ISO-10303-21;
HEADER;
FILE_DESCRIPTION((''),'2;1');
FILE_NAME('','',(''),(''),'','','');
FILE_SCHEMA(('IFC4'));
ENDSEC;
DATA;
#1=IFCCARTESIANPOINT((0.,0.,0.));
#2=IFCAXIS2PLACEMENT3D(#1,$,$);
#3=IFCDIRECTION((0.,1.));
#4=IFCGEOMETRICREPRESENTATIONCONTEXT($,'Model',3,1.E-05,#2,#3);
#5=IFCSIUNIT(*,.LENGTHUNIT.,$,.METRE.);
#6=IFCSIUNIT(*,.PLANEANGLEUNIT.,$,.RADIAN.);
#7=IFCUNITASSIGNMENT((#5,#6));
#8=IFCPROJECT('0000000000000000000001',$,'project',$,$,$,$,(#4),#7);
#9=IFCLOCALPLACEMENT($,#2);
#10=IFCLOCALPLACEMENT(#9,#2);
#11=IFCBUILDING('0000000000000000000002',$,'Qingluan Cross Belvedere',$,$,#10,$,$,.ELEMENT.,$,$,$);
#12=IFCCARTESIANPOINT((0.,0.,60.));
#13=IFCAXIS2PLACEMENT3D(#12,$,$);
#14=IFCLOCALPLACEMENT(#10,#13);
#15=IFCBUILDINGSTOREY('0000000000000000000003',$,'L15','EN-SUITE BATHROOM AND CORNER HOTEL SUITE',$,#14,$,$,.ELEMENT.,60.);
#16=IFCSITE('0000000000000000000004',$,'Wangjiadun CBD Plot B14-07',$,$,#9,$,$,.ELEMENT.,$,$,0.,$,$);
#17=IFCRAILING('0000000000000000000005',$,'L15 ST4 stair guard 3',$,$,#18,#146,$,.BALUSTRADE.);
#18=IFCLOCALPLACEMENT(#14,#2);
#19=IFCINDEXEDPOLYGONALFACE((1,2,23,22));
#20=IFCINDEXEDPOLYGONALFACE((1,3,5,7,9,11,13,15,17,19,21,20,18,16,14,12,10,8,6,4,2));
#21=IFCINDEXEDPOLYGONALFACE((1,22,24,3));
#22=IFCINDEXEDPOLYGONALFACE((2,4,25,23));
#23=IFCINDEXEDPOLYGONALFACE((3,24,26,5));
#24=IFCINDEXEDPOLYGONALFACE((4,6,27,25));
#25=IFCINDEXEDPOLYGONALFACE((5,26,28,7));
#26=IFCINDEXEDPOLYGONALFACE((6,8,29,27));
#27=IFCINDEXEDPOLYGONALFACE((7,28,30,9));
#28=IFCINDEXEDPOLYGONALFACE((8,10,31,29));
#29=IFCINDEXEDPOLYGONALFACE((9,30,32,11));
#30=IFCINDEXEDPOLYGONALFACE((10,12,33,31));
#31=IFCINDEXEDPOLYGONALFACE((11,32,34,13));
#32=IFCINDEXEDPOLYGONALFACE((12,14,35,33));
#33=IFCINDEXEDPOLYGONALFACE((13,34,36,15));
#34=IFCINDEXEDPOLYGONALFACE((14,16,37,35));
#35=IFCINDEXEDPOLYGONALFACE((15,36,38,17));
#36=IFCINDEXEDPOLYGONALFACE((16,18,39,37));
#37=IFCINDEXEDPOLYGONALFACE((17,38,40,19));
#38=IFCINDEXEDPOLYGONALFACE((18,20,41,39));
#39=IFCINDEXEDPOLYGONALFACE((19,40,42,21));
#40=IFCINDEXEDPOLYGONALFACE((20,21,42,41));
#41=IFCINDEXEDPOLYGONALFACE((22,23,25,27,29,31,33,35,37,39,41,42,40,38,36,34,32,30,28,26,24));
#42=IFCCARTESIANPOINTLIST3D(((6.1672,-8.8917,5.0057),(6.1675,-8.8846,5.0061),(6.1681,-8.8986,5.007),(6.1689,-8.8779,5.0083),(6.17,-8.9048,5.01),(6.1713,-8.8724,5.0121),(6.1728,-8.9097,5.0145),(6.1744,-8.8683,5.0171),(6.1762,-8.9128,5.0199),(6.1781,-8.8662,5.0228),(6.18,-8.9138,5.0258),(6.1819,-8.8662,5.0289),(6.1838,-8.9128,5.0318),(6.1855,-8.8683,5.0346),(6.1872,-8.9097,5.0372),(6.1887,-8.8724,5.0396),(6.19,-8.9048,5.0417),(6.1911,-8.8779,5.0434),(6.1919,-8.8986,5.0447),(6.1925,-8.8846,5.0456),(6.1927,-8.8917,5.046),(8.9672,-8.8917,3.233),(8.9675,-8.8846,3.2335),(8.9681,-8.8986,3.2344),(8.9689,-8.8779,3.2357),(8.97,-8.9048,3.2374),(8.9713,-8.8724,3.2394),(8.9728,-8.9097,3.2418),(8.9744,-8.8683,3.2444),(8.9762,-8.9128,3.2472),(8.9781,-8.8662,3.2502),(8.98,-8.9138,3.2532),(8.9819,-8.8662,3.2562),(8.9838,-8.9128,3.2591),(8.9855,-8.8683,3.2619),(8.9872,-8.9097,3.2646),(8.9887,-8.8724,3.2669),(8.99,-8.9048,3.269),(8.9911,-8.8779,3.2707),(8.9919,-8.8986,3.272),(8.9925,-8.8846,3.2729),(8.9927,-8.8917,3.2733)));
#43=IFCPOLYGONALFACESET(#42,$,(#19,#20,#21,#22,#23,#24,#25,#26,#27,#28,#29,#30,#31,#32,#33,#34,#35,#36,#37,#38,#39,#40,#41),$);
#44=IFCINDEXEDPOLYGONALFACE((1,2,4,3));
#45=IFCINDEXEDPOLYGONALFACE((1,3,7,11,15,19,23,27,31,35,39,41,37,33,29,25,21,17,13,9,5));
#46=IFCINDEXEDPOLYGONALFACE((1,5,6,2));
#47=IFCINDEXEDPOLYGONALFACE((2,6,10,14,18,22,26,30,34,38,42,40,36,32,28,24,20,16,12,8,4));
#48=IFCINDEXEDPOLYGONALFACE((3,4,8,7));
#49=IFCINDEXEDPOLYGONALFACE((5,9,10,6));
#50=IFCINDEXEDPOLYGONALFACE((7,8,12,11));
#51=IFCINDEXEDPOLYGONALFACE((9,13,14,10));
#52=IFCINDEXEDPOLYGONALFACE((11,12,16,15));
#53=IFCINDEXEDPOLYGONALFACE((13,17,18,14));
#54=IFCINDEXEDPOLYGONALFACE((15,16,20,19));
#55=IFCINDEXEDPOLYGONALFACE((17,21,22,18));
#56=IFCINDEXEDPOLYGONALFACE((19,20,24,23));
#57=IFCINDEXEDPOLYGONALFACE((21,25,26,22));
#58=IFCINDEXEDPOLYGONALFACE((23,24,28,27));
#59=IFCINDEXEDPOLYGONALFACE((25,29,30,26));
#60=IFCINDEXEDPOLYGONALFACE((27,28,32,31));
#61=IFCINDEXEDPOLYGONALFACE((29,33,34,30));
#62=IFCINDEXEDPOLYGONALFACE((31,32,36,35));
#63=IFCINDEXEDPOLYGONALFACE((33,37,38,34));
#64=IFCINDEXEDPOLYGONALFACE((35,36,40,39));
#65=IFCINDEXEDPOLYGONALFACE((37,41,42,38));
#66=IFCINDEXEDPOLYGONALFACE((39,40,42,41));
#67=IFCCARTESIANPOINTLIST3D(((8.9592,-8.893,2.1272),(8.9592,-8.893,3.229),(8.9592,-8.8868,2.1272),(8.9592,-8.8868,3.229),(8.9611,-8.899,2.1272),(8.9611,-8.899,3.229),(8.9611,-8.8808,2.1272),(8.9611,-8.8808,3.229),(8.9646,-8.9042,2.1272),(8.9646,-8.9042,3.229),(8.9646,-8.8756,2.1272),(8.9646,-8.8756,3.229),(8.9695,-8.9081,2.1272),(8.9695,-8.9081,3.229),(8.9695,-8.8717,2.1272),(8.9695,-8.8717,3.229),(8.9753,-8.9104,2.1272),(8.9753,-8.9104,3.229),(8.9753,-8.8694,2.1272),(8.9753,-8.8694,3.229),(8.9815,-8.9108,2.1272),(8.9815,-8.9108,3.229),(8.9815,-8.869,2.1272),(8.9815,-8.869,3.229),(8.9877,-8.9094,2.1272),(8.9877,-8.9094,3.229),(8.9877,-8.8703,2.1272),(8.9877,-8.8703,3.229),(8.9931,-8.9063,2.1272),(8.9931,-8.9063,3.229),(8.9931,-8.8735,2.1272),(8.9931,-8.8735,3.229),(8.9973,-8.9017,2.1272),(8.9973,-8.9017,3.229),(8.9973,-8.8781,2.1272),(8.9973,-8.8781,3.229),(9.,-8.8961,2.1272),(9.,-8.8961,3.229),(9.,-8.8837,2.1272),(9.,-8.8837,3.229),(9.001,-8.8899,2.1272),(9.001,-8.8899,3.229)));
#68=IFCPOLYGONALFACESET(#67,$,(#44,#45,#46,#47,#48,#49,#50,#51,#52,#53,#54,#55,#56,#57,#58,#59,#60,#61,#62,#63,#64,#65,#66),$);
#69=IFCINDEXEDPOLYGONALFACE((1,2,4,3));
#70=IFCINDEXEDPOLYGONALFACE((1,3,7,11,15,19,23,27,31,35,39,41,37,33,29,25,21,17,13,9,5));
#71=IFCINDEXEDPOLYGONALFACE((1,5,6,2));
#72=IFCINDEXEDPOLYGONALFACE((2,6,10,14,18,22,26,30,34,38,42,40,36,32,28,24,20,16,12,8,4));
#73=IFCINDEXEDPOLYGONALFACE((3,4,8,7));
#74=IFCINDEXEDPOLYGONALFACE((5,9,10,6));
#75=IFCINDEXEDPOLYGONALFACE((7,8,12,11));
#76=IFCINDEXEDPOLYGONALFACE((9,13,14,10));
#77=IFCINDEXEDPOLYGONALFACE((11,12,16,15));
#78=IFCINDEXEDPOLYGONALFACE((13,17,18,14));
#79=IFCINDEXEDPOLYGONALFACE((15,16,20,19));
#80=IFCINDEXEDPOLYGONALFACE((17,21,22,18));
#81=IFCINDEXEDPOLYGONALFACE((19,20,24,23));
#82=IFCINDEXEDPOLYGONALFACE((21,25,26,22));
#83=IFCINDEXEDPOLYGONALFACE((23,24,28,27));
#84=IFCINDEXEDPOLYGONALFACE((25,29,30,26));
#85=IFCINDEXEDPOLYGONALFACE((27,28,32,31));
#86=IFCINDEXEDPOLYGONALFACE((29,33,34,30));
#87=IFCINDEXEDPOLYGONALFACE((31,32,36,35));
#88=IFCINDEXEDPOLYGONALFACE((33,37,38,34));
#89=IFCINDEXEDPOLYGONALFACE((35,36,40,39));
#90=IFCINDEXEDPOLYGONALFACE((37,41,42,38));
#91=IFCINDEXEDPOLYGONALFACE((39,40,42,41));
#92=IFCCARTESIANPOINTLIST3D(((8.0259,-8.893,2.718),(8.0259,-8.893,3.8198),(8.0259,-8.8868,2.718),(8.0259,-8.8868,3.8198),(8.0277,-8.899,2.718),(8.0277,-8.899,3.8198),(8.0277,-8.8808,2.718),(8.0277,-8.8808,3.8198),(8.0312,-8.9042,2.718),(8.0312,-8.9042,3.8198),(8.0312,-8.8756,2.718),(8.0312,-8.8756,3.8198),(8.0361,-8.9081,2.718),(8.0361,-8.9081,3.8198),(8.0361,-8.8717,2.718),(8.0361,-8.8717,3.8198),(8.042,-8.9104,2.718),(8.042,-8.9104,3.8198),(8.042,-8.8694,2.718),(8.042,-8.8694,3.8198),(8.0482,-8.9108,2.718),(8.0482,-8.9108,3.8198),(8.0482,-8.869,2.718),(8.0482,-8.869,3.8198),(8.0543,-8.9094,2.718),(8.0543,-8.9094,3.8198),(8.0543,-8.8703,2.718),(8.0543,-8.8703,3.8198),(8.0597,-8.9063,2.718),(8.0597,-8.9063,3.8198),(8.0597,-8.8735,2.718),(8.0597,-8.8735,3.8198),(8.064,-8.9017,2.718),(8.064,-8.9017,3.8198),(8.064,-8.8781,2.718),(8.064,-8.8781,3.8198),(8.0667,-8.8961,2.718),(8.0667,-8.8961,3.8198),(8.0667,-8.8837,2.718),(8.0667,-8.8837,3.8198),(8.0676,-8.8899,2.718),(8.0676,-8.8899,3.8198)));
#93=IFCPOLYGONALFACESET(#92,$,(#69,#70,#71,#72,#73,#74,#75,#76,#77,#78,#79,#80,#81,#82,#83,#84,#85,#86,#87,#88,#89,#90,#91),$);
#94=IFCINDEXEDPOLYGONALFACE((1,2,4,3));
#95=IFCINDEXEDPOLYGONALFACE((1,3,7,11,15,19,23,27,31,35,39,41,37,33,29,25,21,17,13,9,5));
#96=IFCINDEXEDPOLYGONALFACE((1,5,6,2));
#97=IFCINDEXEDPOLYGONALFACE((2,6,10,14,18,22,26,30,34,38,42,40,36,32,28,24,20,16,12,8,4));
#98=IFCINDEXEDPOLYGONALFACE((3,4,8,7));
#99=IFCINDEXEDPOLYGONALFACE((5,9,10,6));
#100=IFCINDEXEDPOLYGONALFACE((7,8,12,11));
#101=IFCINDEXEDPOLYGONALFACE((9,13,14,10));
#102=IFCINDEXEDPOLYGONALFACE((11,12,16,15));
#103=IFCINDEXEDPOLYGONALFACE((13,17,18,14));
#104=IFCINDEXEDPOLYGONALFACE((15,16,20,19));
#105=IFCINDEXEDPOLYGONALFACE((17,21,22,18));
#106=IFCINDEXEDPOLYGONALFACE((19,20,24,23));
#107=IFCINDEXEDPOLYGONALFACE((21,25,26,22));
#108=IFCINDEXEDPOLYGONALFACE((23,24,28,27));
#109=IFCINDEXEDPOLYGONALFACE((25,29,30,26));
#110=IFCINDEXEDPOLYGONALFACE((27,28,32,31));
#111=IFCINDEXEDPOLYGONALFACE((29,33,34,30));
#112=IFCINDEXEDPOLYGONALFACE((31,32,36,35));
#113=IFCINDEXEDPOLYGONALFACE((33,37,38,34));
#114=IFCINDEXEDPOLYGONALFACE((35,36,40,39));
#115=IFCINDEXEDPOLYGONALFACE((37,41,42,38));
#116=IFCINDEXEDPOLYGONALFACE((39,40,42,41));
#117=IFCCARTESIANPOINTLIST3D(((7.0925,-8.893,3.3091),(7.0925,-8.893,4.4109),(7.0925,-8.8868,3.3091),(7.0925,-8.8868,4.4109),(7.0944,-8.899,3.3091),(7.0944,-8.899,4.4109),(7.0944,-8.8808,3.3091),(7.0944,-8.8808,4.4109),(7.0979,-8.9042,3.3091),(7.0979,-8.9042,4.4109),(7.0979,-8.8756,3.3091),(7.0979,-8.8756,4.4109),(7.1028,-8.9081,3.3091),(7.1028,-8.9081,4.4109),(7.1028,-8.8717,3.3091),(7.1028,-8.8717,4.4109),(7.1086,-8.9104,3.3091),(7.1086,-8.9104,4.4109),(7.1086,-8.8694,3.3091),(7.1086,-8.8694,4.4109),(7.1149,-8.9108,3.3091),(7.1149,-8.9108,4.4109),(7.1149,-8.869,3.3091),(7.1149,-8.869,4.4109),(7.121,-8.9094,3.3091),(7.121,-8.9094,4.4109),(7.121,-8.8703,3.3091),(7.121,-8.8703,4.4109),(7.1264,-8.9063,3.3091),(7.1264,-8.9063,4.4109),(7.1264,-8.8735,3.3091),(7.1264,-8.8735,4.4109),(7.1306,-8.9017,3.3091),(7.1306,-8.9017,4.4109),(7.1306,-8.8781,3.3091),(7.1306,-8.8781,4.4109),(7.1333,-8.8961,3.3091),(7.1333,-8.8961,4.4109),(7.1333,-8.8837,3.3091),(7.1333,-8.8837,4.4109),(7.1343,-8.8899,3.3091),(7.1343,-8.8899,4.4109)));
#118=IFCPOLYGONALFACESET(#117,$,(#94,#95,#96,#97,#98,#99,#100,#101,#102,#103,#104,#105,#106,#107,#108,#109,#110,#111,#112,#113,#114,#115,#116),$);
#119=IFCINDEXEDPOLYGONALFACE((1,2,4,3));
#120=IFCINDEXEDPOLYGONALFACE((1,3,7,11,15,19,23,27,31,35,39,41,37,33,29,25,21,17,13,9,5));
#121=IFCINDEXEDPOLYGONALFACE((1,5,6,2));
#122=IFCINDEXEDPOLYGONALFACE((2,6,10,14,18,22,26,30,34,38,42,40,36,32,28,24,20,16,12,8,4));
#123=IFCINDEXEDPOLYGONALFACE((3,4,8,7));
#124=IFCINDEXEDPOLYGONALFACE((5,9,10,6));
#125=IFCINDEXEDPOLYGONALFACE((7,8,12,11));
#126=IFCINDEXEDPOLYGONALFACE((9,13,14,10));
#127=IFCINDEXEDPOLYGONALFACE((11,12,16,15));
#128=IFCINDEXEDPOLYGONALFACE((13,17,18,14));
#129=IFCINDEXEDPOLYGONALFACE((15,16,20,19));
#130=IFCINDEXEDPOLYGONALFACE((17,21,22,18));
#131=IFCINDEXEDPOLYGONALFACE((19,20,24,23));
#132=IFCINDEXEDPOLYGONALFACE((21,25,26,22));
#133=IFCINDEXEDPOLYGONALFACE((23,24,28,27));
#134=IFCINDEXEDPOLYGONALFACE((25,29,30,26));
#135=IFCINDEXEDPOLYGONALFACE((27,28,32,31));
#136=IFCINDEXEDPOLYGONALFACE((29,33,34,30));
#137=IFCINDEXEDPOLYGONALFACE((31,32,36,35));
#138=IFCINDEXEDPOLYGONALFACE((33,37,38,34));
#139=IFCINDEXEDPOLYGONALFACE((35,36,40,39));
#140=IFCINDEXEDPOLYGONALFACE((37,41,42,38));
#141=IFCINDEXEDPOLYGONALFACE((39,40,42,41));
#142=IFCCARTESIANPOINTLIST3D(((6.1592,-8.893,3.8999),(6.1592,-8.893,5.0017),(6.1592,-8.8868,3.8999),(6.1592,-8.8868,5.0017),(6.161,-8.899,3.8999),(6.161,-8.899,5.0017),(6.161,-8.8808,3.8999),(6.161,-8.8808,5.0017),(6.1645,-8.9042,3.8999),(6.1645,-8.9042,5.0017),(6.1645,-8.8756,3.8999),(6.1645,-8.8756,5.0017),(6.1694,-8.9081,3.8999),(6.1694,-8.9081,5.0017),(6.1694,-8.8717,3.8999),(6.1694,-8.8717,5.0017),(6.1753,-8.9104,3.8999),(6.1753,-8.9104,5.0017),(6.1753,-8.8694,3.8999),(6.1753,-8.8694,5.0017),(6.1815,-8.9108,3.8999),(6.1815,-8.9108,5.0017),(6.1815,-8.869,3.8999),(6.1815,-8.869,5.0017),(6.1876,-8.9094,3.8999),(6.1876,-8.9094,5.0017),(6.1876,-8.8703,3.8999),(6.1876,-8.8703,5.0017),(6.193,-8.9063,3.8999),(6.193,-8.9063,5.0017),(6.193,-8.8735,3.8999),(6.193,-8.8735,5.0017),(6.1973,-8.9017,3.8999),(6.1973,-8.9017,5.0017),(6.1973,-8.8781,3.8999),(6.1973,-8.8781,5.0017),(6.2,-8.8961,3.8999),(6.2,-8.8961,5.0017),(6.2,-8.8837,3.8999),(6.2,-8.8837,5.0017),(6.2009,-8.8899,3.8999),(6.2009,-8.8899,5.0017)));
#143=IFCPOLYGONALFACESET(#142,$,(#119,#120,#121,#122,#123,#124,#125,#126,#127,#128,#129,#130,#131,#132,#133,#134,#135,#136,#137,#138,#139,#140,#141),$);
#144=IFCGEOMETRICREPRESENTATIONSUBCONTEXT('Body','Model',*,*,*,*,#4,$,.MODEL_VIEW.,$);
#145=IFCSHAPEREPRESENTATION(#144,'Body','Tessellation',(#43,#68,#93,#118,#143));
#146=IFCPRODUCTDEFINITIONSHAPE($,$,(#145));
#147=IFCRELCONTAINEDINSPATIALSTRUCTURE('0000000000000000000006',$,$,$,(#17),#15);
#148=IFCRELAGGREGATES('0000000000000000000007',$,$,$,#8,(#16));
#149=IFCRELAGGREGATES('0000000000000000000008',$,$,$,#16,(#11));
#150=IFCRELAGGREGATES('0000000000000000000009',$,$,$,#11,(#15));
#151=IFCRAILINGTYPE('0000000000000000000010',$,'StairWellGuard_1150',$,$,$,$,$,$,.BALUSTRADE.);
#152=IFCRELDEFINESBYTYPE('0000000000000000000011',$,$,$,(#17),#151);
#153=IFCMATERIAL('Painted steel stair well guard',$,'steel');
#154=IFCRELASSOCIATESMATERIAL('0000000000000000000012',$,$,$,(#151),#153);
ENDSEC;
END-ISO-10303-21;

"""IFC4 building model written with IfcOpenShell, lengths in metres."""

from ifc_helpers import new_model, si_unit, direction, frame, origin, origin_2d, place, context, subcontext, project, spatial, circle, extrude, material, type_object, element, save


model = new_model("IFC4")

# Units and contexts
model_context = context("Model", 3, precision=1e-05, world=origin(), true_north=direction((0.0, 1.0)))
body_context = subcontext(model_context, "Body", "Model", "MODEL_VIEW")
ifc_project = project(units=[si_unit("LENGTHUNIT", "METRE"), si_unit("PLANEANGLEUNIT", "RADIAN")], contexts=[model_context])

# Site, building, storey
site_placement = place(None, origin())
site = spatial("IfcSite", under=ifc_project, at=site_placement, Name="Wangjiadun CBD Plot B14-07", CompositionType="ELEMENT", RefElevation=0.0)
building_placement = place(site_placement, origin())
building = spatial("IfcBuilding", under=site, at=building_placement, Name="Qingluan Cross Belvedere", CompositionType="ELEMENT")
storey_placement = place(building_placement, frame((0.0, 0.0, 60.0)))
storey = spatial("IfcBuildingStorey", under=building, at=storey_placement, Name="L15", Description="EN-SUITE BATHROOM AND CORNER HOTEL SUITE", CompositionType="ELEMENT", Elevation=60.0)

# Railing
ifc_material_1 = material(Name="Painted steel stair well guard", Category="steel")
railing_type_1 = type_object("IfcRailingType", Name="StairWellGuard_1150", PredefinedType="BALUSTRADE", material=ifc_material_1)
railing_1_placement = place(storey_placement, frame((8.98, -8.8899, 2.1272)))
element("IfcRailing", 1, at=railing_1_placement, inside=storey, type_object=railing_type_1, Name="L15 ST4 stair guard 3", PredefinedType="BALUSTRADE", context=body_context, shape_type="SweptSolid", body=[
    extrude(circle(Radius=0.0239, at=origin_2d()), frame((0.0, 0.0, 1.126), z_axis=(-0.844909, 0.0, 0.53491), x_axis=(0.0, -1.0, 0.0)), (0.0, 0.0, 1.0), 3.314),
    extrude(circle(Radius=0.021, at=origin_2d()), origin(), (0.0, 0.0, 1.0), 1.1018),
    extrude(circle(Radius=0.021, at=origin_2d()), frame((-0.9333, 0.0, 0.5908)), (0.0, 0.0, 1.0), 1.1018),
    extrude(circle(Radius=0.021, at=origin_2d()), frame((-1.8667, 0.0, 1.1819)), (0.0, 0.0, 1.0), 1.1018),
    extrude(circle(Radius=0.021, at=origin_2d()), frame((-2.8, 0.0, 1.7727)), (0.0, 0.0, 1.0), 1.1018),
])

save(model, "model.ifc")
